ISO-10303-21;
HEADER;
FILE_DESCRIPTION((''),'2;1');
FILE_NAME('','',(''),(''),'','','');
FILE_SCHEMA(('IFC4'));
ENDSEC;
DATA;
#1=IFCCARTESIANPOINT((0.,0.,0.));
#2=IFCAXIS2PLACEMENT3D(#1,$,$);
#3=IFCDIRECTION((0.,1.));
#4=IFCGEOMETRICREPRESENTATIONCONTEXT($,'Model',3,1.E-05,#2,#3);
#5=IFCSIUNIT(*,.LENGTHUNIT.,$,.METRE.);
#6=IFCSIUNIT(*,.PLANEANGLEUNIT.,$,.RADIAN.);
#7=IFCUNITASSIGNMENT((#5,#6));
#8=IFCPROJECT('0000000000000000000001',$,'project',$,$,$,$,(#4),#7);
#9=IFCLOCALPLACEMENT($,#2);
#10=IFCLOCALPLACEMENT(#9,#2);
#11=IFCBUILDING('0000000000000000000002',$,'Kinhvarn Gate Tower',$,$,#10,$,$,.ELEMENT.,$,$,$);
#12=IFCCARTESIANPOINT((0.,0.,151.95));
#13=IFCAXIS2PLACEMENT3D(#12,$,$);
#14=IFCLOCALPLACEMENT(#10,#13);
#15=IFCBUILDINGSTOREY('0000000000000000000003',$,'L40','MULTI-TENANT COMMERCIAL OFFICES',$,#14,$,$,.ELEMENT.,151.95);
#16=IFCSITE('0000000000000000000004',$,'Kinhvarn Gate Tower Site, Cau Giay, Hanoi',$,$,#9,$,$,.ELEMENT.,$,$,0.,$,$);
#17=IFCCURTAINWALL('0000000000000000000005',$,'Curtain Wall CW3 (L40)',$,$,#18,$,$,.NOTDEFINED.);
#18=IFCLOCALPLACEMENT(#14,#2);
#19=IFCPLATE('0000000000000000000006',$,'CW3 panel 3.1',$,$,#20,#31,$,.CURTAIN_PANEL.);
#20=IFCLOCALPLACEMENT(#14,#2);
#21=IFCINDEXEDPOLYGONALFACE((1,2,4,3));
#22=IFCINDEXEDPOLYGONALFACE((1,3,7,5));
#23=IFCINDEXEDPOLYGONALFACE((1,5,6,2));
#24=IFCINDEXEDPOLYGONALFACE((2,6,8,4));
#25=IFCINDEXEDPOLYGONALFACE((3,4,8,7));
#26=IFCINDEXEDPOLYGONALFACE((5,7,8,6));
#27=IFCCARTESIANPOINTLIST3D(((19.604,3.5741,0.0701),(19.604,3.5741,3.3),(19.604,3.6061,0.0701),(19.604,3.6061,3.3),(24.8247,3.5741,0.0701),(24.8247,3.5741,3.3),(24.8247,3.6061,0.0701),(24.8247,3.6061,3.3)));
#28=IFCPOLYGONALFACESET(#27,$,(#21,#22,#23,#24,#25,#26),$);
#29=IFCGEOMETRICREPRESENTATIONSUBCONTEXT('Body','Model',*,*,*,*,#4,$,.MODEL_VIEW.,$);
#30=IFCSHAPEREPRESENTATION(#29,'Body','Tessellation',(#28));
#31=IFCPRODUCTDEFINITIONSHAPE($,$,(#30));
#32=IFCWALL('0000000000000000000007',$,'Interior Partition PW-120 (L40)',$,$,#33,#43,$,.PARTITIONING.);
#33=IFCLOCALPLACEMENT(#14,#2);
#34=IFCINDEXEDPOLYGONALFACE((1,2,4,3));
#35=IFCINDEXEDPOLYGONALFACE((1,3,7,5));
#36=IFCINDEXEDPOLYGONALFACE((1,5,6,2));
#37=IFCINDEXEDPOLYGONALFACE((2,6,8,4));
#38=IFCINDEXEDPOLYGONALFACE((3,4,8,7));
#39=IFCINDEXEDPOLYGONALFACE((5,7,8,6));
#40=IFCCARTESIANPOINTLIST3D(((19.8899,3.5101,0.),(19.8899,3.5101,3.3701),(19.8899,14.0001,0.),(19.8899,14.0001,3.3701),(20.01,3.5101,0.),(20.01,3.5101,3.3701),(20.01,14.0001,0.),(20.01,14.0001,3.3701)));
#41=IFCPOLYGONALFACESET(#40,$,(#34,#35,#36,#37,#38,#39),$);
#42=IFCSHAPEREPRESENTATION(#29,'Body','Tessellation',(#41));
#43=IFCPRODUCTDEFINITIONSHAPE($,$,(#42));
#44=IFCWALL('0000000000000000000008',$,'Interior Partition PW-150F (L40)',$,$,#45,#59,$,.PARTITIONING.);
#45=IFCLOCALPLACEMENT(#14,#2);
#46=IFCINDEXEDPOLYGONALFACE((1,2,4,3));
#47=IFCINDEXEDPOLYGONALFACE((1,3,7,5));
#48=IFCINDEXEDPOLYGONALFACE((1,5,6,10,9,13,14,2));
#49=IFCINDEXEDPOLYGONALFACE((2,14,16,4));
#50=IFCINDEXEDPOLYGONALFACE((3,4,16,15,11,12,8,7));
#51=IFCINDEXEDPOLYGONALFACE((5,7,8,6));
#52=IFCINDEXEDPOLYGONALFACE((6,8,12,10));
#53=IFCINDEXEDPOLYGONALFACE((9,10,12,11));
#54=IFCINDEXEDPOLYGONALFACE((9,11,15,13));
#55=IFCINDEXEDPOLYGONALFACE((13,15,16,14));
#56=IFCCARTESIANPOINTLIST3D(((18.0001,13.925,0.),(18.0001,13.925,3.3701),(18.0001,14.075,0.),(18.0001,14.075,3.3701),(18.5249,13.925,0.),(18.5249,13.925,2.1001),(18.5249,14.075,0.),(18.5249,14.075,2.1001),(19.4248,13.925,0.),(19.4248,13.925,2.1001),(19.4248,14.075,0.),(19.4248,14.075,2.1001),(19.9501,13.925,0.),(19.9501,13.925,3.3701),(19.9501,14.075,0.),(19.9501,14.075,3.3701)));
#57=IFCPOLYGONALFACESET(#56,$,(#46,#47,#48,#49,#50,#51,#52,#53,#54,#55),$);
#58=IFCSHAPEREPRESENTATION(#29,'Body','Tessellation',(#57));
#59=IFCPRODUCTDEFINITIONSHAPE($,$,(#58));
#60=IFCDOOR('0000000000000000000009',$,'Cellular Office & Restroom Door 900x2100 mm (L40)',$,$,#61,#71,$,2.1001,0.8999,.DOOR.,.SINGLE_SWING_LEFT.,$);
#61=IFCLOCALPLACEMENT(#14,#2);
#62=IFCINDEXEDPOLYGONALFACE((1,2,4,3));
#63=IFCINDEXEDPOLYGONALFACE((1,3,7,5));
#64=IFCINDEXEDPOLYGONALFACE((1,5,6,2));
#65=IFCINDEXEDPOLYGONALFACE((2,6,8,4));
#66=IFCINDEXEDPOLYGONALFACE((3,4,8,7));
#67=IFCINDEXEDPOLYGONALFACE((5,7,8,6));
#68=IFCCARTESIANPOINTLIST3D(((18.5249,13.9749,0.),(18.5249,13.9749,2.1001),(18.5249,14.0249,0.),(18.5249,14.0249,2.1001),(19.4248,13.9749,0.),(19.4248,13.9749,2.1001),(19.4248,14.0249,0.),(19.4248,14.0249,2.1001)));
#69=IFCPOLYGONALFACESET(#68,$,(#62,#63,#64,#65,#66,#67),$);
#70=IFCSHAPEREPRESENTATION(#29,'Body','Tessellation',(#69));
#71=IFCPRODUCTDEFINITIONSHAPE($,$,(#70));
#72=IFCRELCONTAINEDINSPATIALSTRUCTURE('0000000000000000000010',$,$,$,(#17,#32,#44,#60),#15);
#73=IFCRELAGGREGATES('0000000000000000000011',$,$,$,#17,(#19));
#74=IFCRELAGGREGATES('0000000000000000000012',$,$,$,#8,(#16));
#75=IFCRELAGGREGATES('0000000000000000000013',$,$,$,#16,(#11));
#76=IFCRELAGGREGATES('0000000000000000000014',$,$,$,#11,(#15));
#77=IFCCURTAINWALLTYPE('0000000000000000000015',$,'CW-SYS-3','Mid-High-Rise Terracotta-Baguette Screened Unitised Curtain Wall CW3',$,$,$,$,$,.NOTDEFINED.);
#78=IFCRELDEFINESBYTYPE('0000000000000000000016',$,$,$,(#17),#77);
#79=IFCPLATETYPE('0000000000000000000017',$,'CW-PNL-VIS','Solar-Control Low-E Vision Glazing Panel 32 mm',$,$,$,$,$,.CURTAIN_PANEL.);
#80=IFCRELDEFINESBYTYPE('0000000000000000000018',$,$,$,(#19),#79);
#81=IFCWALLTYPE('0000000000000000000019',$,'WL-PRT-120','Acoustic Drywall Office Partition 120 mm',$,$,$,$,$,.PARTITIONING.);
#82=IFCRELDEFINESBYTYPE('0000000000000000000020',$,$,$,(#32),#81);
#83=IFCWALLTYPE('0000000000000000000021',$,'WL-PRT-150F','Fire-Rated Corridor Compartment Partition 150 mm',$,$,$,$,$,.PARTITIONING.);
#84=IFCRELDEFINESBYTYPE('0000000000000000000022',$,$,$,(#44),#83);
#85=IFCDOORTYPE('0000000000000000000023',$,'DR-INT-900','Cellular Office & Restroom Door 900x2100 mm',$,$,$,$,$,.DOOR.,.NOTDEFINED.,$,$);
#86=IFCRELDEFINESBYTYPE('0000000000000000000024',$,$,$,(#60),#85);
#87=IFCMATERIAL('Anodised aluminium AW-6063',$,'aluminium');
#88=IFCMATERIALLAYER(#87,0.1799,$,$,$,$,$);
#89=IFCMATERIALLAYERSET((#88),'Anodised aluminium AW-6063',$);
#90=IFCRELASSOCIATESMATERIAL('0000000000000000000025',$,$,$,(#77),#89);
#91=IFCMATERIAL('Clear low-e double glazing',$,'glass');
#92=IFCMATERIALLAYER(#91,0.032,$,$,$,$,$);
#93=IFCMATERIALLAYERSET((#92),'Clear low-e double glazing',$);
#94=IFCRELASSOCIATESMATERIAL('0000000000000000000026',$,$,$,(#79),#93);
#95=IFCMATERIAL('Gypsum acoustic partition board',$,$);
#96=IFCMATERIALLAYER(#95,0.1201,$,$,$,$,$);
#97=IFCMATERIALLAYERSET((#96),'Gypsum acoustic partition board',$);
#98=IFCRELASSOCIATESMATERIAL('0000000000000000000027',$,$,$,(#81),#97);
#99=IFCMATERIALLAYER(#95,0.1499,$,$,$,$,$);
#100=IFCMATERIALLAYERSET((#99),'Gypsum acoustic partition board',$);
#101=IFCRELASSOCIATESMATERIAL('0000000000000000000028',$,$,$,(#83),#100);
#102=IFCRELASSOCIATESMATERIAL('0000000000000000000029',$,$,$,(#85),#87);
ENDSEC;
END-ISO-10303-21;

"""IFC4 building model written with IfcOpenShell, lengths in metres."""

from ifc_helpers import new_model, si_unit, direction, frame, frame_2d, origin, origin_2d, place, context, subcontext, project, spatial, rectangle, extrude, material, layer, layer_set, type_object, element, fill, aggregate, save


model = new_model("IFC4")

# Units and contexts
model_context = context("Model", 3, precision=1e-05, world=origin(), true_north=direction((0.0, 1.0)))
body_context = subcontext(model_context, "Body", "Model", "MODEL_VIEW")
ifc_project = project(units=[si_unit("LENGTHUNIT", "METRE"), si_unit("PLANEANGLEUNIT", "RADIAN")], contexts=[model_context])

# Site, building, storey
site_placement = place(None, origin())
site = spatial("IfcSite", under=ifc_project, at=site_placement, Name="Kinhvarn Gate Tower Site, Cau Giay, Hanoi", CompositionType="ELEMENT", RefElevation=0.0)
building_placement = place(site_placement, origin())
building = spatial("IfcBuilding", under=site, at=building_placement, Name="Kinhvarn Gate Tower", CompositionType="ELEMENT")
storey_placement = place(building_placement, frame((0.0, 0.0, 151.95)))
storey = spatial("IfcBuildingStorey", under=building, at=storey_placement, Name="L40", Description="MULTI-TENANT COMMERCIAL OFFICES", CompositionType="ELEMENT", Elevation=151.95)

# Curtain wall
ifc_material_1 = material(Name="Anodised aluminium AW-6063", Category="aluminium")
ifc_layer_1 = layer(ifc_material_1, 0.1799)
ifc_layer_set_1 = layer_set([ifc_layer_1], Name="Anodised aluminium AW-6063")
curtain_wall_type = type_object("IfcCurtainWallType", Name="CW-SYS-3", Description="Mid-High-Rise Terracotta-Baguette Screened Unitised Curtain Wall CW3", PredefinedType="NOTDEFINED", material=ifc_layer_set_1)
curtain_wall_placement = place(storey_placement, origin())
curtain_wall = element("IfcCurtainWall", 1, at=curtain_wall_placement, inside=storey, type_object=curtain_wall_type, Name="Curtain Wall CW3 (L40)", PredefinedType="NOTDEFINED")

# Plate
ifc_material_2 = material(Name="Clear low-e double glazing", Category="glass")
ifc_layer_2 = layer(ifc_material_2, 0.032)
ifc_layer_set_2 = layer_set([ifc_layer_2], Name="Clear low-e double glazing")
plate_type = type_object("IfcPlateType", Name="CW-PNL-VIS", Description="Solar-Control Low-E Vision Glazing Panel 32 mm", PredefinedType="CURTAIN_PANEL", material=ifc_layer_set_2)
plate_1_placement = place(storey_placement, frame((22.2144, 3.5901, 0.0701), z_axis=(0.0, 0.0, 1.0), x_axis=(1.0, 0.0, 0.0)))
plate_1 = element("IfcPlate", 2, at=plate_1_placement, type_object=plate_type, Name="CW3 panel 3.1", PredefinedType="CURTAIN_PANEL", context=body_context, shape_type="SweptSolid", body=[
    extrude(rectangle(XDim=5.2207, YDim=0.032, at=origin_2d()), origin(), (0.0, 0.0, 1.0), 3.23),
])
aggregate(curtain_wall, [plate_1])

# Wall
ifc_material_3 = material(Name="Gypsum acoustic partition board")
ifc_layer_3 = layer(ifc_material_3, 0.1201)
ifc_layer_set_3 = layer_set([ifc_layer_3], Name="Gypsum acoustic partition board")
wall_type_1 = type_object("IfcWallType", Name="WL-PRT-120", Description="Acoustic Drywall Office Partition 120 mm", PredefinedType="PARTITIONING", material=ifc_layer_set_3)
wall_1_placement = place(storey_placement, frame((19.95, 3.51, 0.0), z_axis=(0.0, 0.0, 1.0), x_axis=(0.0, 1.0, 0.0)))
element("IfcWall", 3, at=wall_1_placement, inside=storey, type_object=wall_type_1, Name="Interior Partition PW-120 (L40)", PredefinedType="PARTITIONING", context=body_context, shape_type="SweptSolid", body=[
    extrude(rectangle(XDim=10.49, YDim=0.1201, at=frame_2d((5.2451, 0.0))), origin(), (0.0, 0.0, 1.0), 3.3701),
])

# Wall, opening, door
ifc_layer_4 = layer(ifc_material_3, 0.1499)
ifc_layer_set_4 = layer_set([ifc_layer_4], Name="Gypsum acoustic partition board")
wall_type_2 = type_object("IfcWallType", Name="WL-PRT-150F", Description="Fire-Rated Corridor Compartment Partition 150 mm", PredefinedType="PARTITIONING", material=ifc_layer_set_4)
wall_2_placement = place(storey_placement, frame((18.0, 14.0, 0.0), z_axis=(0.0, 0.0, 1.0), x_axis=(1.0, 0.0, 0.0)))
wall_2 = element("IfcWall", 4, at=wall_2_placement, inside=storey, type_object=wall_type_2, Name="Interior Partition PW-150F (L40)", PredefinedType="PARTITIONING", context=body_context, shape_type="SweptSolid", body=[
    extrude(rectangle(XDim=1.95, YDim=0.1499, at=frame_2d((0.9751, 0.0))), origin(), (0.0, 0.0, 1.0), 3.3701),
])
opening_placement = place(wall_2_placement, frame((0.5249, 0.0, 0.0)))
opening = element("IfcOpeningElement", 5, at=opening_placement, cuts=wall_2, PredefinedType="OPENING", context=body_context, shape_type="SweptSolid", body=[
    extrude(rectangle(XDim=0.8999, YDim=2.1001, at=frame_2d((0.45, 1.05))), frame((0.0, 0.085, 0.0), z_axis=(0.0, -1.0, 0.0), x_axis=(1.0, 0.0, 0.0)), (0.0, 0.0, 1.0), 0.1699),
])
door_type = type_object("IfcDoorType", Name="DR-INT-900", Description="Cellular Office & Restroom Door 900x2100 mm", OperationType="NOTDEFINED", PredefinedType="DOOR", material=ifc_material_1)
door_placement = place(opening_placement, origin())
door = element("IfcDoor", 6, at=door_placement, inside=storey, type_object=door_type, Name="Cellular Office & Restroom Door 900x2100 mm (L40)", OperationType="SINGLE_SWING_LEFT", OverallHeight=2.1001, OverallWidth=0.8999, PredefinedType="DOOR", context=body_context, shape_type="SweptSolid", body=[
    extrude(rectangle(XDim=0.8999, YDim=2.1001, at=frame_2d((0.45, 1.05))), frame((0.0, 0.0249, 0.0), z_axis=(0.0, -1.0, 0.0), x_axis=(1.0, 0.0, 0.0)), (0.0, 0.0, 1.0), 0.05),
])
fill(opening, door)

save(model, "model.ifc")
